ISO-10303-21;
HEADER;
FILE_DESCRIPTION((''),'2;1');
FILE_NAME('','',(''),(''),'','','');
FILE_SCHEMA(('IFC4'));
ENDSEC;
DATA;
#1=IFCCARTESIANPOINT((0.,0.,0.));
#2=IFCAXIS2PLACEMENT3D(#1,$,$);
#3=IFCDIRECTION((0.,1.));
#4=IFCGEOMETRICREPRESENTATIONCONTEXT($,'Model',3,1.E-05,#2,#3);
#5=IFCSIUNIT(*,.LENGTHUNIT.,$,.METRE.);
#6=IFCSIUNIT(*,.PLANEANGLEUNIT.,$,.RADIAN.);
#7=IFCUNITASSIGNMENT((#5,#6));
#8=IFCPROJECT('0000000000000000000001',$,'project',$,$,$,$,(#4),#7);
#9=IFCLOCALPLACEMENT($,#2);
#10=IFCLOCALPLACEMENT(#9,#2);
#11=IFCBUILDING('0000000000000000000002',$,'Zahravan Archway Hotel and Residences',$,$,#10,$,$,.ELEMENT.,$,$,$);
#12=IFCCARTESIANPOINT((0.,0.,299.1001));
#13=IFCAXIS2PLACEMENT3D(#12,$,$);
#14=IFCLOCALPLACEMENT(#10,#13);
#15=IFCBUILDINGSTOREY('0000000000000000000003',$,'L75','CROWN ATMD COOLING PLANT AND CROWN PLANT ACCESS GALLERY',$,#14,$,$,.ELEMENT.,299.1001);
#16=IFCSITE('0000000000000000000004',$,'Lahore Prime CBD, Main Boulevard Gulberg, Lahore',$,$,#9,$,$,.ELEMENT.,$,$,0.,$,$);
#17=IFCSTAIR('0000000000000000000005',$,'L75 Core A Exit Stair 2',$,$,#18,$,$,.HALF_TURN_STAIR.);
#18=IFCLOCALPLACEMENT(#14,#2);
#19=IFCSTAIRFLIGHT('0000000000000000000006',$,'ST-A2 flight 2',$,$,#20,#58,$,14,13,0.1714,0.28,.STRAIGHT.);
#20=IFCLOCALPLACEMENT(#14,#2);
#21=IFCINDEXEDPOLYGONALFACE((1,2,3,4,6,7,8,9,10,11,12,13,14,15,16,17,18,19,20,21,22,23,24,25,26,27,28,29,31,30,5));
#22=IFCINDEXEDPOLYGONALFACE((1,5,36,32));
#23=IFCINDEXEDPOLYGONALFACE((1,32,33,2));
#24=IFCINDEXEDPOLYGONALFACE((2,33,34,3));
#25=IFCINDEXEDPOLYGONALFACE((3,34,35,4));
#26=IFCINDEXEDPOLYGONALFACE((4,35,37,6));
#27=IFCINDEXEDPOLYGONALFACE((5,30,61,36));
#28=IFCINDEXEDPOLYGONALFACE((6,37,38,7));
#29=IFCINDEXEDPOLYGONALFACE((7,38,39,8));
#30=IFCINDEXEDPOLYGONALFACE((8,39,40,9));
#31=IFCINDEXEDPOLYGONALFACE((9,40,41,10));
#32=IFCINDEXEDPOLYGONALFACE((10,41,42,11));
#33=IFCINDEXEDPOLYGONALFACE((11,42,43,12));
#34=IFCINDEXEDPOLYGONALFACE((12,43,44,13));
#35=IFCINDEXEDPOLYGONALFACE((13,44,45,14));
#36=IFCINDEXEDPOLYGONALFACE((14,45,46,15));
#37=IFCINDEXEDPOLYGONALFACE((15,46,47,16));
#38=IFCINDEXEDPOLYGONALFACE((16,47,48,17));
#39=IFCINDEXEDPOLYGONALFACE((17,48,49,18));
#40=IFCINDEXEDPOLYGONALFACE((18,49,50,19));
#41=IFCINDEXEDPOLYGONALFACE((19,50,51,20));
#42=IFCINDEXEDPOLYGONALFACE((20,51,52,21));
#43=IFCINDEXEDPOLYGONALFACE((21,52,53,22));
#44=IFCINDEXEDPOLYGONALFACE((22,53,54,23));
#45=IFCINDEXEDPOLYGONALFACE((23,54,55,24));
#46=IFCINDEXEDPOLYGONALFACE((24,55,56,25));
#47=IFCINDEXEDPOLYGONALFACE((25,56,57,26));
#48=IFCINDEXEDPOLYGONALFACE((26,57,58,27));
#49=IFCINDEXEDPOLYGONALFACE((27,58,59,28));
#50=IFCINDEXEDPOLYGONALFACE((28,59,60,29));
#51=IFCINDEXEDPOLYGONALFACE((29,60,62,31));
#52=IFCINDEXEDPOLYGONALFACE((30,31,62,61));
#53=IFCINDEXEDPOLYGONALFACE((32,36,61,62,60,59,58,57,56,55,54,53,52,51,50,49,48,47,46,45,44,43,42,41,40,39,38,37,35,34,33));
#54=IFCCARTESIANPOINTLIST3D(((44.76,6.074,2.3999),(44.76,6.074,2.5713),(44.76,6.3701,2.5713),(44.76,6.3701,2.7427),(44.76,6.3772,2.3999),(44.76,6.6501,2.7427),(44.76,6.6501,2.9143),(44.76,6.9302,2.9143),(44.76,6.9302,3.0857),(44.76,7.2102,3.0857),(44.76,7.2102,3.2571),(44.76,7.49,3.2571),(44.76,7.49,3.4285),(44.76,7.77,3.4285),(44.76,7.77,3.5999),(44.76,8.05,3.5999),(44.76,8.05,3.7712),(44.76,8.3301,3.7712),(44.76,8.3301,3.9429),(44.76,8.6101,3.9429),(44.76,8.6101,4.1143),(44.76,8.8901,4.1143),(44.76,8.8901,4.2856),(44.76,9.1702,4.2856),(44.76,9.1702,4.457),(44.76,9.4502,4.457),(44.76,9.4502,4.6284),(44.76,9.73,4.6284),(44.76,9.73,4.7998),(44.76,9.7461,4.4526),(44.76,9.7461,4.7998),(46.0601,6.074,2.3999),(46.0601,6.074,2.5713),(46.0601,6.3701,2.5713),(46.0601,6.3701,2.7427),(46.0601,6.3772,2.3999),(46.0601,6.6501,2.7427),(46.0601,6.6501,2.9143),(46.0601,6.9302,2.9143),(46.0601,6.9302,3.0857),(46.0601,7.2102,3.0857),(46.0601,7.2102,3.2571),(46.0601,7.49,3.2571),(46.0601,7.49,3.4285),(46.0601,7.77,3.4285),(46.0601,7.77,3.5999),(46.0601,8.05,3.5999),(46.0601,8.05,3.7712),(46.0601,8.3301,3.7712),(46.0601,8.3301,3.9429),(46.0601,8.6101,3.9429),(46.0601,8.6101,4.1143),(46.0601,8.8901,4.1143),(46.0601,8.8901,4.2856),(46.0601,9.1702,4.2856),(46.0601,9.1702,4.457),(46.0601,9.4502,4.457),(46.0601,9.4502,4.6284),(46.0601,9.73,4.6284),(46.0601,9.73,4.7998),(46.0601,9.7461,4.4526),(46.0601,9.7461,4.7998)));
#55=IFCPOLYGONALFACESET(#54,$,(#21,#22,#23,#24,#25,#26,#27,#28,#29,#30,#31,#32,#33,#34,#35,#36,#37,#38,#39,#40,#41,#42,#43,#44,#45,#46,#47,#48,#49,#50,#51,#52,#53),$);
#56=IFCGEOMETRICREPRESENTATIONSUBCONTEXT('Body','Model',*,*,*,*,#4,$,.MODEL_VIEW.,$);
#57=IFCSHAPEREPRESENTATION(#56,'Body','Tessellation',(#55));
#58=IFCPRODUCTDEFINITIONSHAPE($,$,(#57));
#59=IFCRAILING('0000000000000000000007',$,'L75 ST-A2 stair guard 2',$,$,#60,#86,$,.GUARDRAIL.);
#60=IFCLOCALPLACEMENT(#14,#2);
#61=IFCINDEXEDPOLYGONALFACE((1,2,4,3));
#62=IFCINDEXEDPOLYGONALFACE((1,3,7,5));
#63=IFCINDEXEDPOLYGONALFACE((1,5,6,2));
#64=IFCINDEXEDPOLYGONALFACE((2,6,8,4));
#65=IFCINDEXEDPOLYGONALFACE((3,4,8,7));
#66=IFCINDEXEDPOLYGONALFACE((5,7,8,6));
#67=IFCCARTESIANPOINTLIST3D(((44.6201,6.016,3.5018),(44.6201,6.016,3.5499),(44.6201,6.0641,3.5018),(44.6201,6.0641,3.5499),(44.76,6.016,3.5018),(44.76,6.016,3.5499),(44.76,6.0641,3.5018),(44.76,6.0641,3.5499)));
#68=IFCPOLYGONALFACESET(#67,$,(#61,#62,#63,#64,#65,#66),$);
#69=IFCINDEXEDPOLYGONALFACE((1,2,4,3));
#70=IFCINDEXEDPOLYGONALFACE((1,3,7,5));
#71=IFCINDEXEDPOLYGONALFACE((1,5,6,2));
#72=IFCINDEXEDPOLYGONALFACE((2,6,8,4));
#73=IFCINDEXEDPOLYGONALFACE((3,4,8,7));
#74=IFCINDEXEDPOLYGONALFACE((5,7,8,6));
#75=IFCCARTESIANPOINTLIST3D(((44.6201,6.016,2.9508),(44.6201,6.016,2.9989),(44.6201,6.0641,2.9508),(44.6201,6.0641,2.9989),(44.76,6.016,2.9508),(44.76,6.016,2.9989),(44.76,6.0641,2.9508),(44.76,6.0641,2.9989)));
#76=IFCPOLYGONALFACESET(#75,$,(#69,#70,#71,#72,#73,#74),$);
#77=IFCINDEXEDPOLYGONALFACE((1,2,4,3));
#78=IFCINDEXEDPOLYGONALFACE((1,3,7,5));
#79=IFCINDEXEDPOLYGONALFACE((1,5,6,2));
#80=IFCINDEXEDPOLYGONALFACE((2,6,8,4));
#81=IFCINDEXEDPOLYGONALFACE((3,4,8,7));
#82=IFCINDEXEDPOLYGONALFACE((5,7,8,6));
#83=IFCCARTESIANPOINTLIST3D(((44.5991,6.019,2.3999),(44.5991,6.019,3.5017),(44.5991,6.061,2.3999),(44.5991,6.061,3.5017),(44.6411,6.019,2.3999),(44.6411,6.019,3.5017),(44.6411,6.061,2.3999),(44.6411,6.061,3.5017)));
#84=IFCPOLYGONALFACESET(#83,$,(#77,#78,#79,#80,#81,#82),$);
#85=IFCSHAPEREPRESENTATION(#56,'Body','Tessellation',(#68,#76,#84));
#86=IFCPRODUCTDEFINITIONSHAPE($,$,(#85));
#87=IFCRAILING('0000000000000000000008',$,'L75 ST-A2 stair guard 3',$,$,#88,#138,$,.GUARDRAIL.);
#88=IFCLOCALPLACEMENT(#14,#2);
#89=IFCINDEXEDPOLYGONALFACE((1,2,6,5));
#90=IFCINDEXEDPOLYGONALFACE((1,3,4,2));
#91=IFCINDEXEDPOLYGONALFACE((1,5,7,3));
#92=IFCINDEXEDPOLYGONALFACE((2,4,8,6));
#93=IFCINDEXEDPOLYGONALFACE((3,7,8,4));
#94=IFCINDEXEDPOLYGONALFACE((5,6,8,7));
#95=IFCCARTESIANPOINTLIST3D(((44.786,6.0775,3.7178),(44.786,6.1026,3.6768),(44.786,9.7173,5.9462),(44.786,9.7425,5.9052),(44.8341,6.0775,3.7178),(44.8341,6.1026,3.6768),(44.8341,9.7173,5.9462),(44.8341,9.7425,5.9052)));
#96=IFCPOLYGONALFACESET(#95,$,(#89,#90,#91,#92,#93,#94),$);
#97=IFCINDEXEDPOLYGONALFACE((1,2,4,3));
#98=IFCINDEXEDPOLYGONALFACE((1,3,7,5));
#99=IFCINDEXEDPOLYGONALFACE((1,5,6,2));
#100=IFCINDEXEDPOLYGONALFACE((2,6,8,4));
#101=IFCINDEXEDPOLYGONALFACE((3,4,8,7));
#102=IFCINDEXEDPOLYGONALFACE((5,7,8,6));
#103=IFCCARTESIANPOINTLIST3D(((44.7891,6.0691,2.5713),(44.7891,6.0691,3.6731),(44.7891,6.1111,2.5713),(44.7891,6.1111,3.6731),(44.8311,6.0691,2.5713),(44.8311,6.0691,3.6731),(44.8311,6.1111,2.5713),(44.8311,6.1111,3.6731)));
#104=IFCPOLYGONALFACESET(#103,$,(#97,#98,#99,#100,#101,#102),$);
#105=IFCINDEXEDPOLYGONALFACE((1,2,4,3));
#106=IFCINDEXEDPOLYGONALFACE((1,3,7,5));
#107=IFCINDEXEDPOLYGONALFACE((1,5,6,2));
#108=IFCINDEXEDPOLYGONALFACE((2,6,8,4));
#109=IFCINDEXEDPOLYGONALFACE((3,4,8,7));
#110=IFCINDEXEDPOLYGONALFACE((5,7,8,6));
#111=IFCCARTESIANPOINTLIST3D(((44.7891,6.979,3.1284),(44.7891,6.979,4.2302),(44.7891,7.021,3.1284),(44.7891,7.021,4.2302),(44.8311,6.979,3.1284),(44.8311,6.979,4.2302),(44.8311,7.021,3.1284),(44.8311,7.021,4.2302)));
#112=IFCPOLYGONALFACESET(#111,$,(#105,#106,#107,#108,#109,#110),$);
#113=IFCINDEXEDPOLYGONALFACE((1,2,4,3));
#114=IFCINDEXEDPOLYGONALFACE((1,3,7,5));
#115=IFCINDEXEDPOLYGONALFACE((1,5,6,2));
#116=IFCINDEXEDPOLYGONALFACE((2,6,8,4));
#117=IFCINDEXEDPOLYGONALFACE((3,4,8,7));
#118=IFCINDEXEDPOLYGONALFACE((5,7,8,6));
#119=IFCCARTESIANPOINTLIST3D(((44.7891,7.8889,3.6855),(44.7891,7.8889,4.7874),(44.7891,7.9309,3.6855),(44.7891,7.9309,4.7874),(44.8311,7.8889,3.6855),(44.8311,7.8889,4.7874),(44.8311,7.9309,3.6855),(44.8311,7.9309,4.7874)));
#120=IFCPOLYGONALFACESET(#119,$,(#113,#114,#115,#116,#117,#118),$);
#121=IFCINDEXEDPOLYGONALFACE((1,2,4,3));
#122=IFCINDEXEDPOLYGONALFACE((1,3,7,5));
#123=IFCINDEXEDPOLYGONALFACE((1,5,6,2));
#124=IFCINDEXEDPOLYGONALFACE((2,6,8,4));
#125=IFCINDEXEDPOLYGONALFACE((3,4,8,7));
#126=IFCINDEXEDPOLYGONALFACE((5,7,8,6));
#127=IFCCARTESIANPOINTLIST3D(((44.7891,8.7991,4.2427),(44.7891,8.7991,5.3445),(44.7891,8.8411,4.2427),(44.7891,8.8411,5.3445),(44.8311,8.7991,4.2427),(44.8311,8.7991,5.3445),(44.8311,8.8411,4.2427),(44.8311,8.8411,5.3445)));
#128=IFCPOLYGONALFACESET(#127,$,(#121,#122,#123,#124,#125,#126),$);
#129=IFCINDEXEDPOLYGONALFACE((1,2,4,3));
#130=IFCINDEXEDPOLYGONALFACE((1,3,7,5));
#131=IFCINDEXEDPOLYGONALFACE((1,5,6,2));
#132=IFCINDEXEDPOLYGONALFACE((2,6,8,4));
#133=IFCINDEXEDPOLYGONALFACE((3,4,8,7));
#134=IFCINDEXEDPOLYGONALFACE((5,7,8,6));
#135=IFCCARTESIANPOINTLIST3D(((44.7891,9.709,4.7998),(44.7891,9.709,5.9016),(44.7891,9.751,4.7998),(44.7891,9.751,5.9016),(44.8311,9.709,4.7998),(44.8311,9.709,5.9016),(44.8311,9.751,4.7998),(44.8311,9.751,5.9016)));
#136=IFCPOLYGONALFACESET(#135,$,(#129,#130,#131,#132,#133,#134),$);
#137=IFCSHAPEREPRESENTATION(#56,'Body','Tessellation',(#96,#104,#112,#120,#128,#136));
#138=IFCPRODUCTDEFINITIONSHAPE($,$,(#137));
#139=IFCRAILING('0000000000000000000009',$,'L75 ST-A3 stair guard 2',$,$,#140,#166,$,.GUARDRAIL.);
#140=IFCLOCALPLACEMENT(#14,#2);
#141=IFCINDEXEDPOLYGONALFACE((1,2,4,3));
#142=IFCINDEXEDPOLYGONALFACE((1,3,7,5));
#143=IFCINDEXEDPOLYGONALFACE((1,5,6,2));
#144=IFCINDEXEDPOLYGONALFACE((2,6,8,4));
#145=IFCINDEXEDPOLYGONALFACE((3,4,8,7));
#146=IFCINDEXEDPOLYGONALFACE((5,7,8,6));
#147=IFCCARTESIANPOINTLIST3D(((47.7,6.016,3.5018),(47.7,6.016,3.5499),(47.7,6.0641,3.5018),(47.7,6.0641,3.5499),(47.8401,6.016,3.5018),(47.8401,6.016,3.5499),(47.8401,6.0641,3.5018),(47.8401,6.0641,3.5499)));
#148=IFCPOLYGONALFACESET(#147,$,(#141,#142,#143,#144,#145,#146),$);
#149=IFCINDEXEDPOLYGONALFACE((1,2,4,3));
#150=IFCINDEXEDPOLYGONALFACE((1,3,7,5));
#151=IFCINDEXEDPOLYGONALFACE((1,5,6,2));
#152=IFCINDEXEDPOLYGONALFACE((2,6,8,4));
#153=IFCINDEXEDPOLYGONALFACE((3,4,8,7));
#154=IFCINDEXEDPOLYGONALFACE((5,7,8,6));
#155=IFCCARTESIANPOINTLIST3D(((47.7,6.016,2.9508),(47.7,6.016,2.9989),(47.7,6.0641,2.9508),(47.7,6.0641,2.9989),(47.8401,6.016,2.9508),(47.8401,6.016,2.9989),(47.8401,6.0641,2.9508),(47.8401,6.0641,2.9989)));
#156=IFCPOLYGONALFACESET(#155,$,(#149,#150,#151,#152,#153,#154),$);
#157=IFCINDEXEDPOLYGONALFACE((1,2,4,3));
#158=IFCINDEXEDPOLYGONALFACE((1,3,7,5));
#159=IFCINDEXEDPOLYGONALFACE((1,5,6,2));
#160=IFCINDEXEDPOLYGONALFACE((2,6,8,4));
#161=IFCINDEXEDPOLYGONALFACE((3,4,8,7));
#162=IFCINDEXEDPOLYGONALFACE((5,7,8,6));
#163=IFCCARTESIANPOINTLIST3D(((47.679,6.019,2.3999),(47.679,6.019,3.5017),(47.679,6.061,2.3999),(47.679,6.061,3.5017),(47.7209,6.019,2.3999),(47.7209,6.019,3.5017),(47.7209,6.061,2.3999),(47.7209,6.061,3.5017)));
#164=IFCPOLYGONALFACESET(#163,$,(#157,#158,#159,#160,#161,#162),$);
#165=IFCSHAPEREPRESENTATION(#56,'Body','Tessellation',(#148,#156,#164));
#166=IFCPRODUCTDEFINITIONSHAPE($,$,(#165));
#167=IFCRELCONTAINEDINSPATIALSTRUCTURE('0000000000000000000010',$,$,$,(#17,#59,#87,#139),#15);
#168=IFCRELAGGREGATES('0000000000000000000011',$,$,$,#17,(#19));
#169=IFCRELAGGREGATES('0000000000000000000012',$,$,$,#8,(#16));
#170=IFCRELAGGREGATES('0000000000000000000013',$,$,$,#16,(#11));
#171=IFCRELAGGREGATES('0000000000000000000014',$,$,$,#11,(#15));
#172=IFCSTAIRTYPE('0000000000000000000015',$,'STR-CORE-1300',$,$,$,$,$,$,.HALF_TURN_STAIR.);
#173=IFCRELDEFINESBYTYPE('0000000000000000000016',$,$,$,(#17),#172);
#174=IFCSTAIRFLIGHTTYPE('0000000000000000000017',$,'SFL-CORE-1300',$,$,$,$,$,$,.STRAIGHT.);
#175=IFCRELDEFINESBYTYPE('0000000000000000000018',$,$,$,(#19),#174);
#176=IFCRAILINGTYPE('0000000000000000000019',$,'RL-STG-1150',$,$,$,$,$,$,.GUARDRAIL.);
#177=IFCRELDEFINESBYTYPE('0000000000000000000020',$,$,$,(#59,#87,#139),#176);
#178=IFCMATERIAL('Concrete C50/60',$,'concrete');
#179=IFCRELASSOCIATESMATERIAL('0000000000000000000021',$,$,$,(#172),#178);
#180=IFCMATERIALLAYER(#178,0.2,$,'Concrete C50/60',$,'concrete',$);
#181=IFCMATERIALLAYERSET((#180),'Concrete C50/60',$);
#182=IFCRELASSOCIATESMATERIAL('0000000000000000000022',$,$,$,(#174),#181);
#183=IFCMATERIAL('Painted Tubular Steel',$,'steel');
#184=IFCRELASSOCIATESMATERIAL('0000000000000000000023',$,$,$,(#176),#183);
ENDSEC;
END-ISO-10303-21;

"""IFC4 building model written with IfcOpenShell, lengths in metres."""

from ifc_helpers import new_model, si_unit, direction, frame, origin, origin_2d, place, context, subcontext, project, spatial, polyline, rectangle, outline, extrude, source, transform, mapped, material, layer, layer_set, type_object, element, aggregate, save


model = new_model("IFC4")

# Units and contexts
model_context = context("Model", 3, precision=1e-05, world=origin(), true_north=direction((0.0, 1.0)))
body_context = subcontext(model_context, "Body", "Model", "MODEL_VIEW")
ifc_project = project(units=[si_unit("LENGTHUNIT", "METRE"), si_unit("PLANEANGLEUNIT", "RADIAN")], contexts=[model_context])

# Site, building, storey
site_placement = place(None, origin())
site = spatial("IfcSite", under=ifc_project, at=site_placement, Name="Lahore Prime CBD, Main Boulevard Gulberg, Lahore", CompositionType="ELEMENT", RefElevation=0.0)
building_placement = place(site_placement, origin())
building = spatial("IfcBuilding", under=site, at=building_placement, Name="Zahravan Archway Hotel and Residences", CompositionType="ELEMENT")
storey_placement = place(building_placement, frame((0.0, 0.0, 299.1001)))
storey = spatial("IfcBuildingStorey", under=building, at=storey_placement, Name="L75", Description="CROWN ATMD COOLING PLANT AND CROWN PLANT ACCESS GALLERY", CompositionType="ELEMENT", Elevation=299.1001)

# Shared definitions
ifc_material_1 = material(Name="Concrete C50/60", Category="concrete")

# Stair, stair flight
stair_type = type_object("IfcStairType", Name="STR-CORE-1300", PredefinedType="HALF_TURN_STAIR", material=ifc_material_1)
stair_placement = place(storey_placement, origin())
stair = element("IfcStair", 1, at=stair_placement, inside=storey, type_object=stair_type, Name="L75 Core A Exit Stair 2", PredefinedType="HALF_TURN_STAIR")
ifc_layer_1 = layer(ifc_material_1, 0.2, Name="Concrete C50/60", Category="concrete")
ifc_layer_set_1 = layer_set([ifc_layer_1], Name="Concrete C50/60")
stair_flight_type = type_object("IfcStairFlightType", Name="SFL-CORE-1300", PredefinedType="STRAIGHT", material=ifc_layer_set_1)
shared_shape_1 = source(origin(), body_context, "Body", "SweptSolid", [
    extrude(outline(polyline([(-0.0161, 0.0), (-0.0161, 0.1714), (0.28, 0.1714), (0.28, 0.3428), (0.5601, 0.3428), (0.5601, 0.5144), (0.8401, 0.5144), (0.8401, 0.6858), (1.1201, 0.6858), (1.1201, 0.8572), (1.3999, 0.8572), (1.3999, 1.0286), (1.6799, 1.0286), (1.6799, 1.2), (1.96, 1.2), (1.96, 1.3713), (2.24, 1.3713), (2.24, 1.543), (2.52, 1.543), (2.52, 1.7144), (2.8, 1.7144), (2.8, 1.8857), (3.0801, 1.8857), (3.0801, 2.0571), (3.3601, 2.0571), (3.3601, 2.2285), (3.6399, 2.2285), (3.6399, 2.3999), (3.656, 2.3999), (3.656, 2.0527), (0.2871, 0.0), (-0.0161, 0.0)])), frame((0.0, 0.6499, 0.0), z_axis=(0.0, -1.0, 0.0), x_axis=(1.0, 0.0, 0.0)), (0.0, 0.0, 1.0), 1.3),
])
stair_flight_placement = place(storey_placement, frame((45.4099, 6.0901, 2.3999), z_axis=(0.0, 0.0, 1.0), x_axis=(0.0, 1.0, 0.0)))
stair_flight = element("IfcStairFlight", 2, at=stair_flight_placement, type_object=stair_flight_type, Name="ST-A2 flight 2", NumberOfRisers=14, NumberOfTreads=13, PredefinedType="STRAIGHT", RiserHeight=0.1714, TreadLength=0.28, context=body_context, shape_type="MappedRepresentation", body=[
    mapped(shared_shape_1, transform((0.0, 0.0, 0.0), scale=1.0)),
])
aggregate(stair, [stair_flight])

# Railings
ifc_material_2 = material(Name="Painted Tubular Steel", Category="steel")
railing_type_1 = type_object("IfcRailingType", Name="RL-STG-1150", PredefinedType="GUARDRAIL", material=ifc_material_2)
railing_1_placement = place(storey_placement, frame((44.6201, 6.04, 2.3999)))
element("IfcRailing", 3, at=railing_1_placement, inside=storey, type_object=railing_type_1, Name="L75 ST-A2 stair guard 2", PredefinedType="GUARDRAIL", context=body_context, shape_type="SweptSolid", body=[
    extrude(rectangle(XDim=0.0481, YDim=0.0481, at=origin_2d()), frame((0.0, 0.0, 1.126), z_axis=(1.0, 0.0, 0.0), x_axis=(0.0, 1.0, 0.0)), (0.0, 0.0, 1.0), 0.1399),
    extrude(rectangle(XDim=0.0481, YDim=0.0481, at=origin_2d()), frame((0.0, 0.0, 0.575), z_axis=(1.0, 0.0, 0.0), x_axis=(0.0, 1.0, 0.0)), (0.0, 0.0, 1.0), 0.1399),
    extrude(rectangle(XDim=0.042, YDim=0.042, at=origin_2d()), origin(), (0.0, 0.0, 1.0), 1.1018),
])
railing_2_placement = place(storey_placement, frame((44.8101, 6.0901, 2.5713)))
element("IfcRailing", 4, at=railing_2_placement, inside=storey, type_object=railing_type_1, Name="L75 ST-A2 stair guard 3", PredefinedType="GUARDRAIL", context=body_context, shape_type="SweptSolid", body=[
    extrude(rectangle(XDim=0.0481, YDim=0.0481, at=origin_2d()), frame((0.0, 0.0, 1.126), z_axis=(0.0, 0.85285, 0.522156), x_axis=(-1.0, 0.0, 0.0)), (0.0, 0.0, 1.0), 4.2678),
    extrude(rectangle(XDim=0.042, YDim=0.042, at=origin_2d()), origin(), (0.0, 0.0, 1.0), 1.1018),
    extrude(rectangle(XDim=0.042, YDim=0.042, at=origin_2d()), frame((0.0, 0.9099, 0.5571)), (0.0, 0.0, 1.0), 1.1018),
    extrude(rectangle(XDim=0.042, YDim=0.042, at=origin_2d()), frame((0.0, 1.8198, 1.1143)), (0.0, 0.0, 1.0), 1.1018),
    extrude(rectangle(XDim=0.042, YDim=0.042, at=origin_2d()), frame((0.0, 2.73, 1.6714)), (0.0, 0.0, 1.0), 1.1018),
    extrude(rectangle(XDim=0.042, YDim=0.042, at=origin_2d()), frame((0.0, 3.6399, 2.2285)), (0.0, 0.0, 1.0), 1.1018),
])
railing_3_placement = place(storey_placement, frame((47.7, 6.04, 2.3999)))
element("IfcRailing", 5, at=railing_3_placement, inside=storey, type_object=railing_type_1, Name="L75 ST-A3 stair guard 2", PredefinedType="GUARDRAIL", context=body_context, shape_type="SweptSolid", body=[
    extrude(rectangle(XDim=0.0481, YDim=0.0481, at=origin_2d()), frame((0.0, 0.0, 1.126), z_axis=(1.0, 0.0, 0.0), x_axis=(0.0, 1.0, 0.0)), (0.0, 0.0, 1.0), 0.1401),
    extrude(rectangle(XDim=0.0481, YDim=0.0481, at=origin_2d()), frame((0.0, 0.0, 0.575), z_axis=(1.0, 0.0, 0.0), x_axis=(0.0, 1.0, 0.0)), (0.0, 0.0, 1.0), 0.1401),
    extrude(rectangle(XDim=0.042, YDim=0.042, at=origin_2d()), origin(), (0.0, 0.0, 1.0), 1.1018),
])

save(model, "model.ifc")
